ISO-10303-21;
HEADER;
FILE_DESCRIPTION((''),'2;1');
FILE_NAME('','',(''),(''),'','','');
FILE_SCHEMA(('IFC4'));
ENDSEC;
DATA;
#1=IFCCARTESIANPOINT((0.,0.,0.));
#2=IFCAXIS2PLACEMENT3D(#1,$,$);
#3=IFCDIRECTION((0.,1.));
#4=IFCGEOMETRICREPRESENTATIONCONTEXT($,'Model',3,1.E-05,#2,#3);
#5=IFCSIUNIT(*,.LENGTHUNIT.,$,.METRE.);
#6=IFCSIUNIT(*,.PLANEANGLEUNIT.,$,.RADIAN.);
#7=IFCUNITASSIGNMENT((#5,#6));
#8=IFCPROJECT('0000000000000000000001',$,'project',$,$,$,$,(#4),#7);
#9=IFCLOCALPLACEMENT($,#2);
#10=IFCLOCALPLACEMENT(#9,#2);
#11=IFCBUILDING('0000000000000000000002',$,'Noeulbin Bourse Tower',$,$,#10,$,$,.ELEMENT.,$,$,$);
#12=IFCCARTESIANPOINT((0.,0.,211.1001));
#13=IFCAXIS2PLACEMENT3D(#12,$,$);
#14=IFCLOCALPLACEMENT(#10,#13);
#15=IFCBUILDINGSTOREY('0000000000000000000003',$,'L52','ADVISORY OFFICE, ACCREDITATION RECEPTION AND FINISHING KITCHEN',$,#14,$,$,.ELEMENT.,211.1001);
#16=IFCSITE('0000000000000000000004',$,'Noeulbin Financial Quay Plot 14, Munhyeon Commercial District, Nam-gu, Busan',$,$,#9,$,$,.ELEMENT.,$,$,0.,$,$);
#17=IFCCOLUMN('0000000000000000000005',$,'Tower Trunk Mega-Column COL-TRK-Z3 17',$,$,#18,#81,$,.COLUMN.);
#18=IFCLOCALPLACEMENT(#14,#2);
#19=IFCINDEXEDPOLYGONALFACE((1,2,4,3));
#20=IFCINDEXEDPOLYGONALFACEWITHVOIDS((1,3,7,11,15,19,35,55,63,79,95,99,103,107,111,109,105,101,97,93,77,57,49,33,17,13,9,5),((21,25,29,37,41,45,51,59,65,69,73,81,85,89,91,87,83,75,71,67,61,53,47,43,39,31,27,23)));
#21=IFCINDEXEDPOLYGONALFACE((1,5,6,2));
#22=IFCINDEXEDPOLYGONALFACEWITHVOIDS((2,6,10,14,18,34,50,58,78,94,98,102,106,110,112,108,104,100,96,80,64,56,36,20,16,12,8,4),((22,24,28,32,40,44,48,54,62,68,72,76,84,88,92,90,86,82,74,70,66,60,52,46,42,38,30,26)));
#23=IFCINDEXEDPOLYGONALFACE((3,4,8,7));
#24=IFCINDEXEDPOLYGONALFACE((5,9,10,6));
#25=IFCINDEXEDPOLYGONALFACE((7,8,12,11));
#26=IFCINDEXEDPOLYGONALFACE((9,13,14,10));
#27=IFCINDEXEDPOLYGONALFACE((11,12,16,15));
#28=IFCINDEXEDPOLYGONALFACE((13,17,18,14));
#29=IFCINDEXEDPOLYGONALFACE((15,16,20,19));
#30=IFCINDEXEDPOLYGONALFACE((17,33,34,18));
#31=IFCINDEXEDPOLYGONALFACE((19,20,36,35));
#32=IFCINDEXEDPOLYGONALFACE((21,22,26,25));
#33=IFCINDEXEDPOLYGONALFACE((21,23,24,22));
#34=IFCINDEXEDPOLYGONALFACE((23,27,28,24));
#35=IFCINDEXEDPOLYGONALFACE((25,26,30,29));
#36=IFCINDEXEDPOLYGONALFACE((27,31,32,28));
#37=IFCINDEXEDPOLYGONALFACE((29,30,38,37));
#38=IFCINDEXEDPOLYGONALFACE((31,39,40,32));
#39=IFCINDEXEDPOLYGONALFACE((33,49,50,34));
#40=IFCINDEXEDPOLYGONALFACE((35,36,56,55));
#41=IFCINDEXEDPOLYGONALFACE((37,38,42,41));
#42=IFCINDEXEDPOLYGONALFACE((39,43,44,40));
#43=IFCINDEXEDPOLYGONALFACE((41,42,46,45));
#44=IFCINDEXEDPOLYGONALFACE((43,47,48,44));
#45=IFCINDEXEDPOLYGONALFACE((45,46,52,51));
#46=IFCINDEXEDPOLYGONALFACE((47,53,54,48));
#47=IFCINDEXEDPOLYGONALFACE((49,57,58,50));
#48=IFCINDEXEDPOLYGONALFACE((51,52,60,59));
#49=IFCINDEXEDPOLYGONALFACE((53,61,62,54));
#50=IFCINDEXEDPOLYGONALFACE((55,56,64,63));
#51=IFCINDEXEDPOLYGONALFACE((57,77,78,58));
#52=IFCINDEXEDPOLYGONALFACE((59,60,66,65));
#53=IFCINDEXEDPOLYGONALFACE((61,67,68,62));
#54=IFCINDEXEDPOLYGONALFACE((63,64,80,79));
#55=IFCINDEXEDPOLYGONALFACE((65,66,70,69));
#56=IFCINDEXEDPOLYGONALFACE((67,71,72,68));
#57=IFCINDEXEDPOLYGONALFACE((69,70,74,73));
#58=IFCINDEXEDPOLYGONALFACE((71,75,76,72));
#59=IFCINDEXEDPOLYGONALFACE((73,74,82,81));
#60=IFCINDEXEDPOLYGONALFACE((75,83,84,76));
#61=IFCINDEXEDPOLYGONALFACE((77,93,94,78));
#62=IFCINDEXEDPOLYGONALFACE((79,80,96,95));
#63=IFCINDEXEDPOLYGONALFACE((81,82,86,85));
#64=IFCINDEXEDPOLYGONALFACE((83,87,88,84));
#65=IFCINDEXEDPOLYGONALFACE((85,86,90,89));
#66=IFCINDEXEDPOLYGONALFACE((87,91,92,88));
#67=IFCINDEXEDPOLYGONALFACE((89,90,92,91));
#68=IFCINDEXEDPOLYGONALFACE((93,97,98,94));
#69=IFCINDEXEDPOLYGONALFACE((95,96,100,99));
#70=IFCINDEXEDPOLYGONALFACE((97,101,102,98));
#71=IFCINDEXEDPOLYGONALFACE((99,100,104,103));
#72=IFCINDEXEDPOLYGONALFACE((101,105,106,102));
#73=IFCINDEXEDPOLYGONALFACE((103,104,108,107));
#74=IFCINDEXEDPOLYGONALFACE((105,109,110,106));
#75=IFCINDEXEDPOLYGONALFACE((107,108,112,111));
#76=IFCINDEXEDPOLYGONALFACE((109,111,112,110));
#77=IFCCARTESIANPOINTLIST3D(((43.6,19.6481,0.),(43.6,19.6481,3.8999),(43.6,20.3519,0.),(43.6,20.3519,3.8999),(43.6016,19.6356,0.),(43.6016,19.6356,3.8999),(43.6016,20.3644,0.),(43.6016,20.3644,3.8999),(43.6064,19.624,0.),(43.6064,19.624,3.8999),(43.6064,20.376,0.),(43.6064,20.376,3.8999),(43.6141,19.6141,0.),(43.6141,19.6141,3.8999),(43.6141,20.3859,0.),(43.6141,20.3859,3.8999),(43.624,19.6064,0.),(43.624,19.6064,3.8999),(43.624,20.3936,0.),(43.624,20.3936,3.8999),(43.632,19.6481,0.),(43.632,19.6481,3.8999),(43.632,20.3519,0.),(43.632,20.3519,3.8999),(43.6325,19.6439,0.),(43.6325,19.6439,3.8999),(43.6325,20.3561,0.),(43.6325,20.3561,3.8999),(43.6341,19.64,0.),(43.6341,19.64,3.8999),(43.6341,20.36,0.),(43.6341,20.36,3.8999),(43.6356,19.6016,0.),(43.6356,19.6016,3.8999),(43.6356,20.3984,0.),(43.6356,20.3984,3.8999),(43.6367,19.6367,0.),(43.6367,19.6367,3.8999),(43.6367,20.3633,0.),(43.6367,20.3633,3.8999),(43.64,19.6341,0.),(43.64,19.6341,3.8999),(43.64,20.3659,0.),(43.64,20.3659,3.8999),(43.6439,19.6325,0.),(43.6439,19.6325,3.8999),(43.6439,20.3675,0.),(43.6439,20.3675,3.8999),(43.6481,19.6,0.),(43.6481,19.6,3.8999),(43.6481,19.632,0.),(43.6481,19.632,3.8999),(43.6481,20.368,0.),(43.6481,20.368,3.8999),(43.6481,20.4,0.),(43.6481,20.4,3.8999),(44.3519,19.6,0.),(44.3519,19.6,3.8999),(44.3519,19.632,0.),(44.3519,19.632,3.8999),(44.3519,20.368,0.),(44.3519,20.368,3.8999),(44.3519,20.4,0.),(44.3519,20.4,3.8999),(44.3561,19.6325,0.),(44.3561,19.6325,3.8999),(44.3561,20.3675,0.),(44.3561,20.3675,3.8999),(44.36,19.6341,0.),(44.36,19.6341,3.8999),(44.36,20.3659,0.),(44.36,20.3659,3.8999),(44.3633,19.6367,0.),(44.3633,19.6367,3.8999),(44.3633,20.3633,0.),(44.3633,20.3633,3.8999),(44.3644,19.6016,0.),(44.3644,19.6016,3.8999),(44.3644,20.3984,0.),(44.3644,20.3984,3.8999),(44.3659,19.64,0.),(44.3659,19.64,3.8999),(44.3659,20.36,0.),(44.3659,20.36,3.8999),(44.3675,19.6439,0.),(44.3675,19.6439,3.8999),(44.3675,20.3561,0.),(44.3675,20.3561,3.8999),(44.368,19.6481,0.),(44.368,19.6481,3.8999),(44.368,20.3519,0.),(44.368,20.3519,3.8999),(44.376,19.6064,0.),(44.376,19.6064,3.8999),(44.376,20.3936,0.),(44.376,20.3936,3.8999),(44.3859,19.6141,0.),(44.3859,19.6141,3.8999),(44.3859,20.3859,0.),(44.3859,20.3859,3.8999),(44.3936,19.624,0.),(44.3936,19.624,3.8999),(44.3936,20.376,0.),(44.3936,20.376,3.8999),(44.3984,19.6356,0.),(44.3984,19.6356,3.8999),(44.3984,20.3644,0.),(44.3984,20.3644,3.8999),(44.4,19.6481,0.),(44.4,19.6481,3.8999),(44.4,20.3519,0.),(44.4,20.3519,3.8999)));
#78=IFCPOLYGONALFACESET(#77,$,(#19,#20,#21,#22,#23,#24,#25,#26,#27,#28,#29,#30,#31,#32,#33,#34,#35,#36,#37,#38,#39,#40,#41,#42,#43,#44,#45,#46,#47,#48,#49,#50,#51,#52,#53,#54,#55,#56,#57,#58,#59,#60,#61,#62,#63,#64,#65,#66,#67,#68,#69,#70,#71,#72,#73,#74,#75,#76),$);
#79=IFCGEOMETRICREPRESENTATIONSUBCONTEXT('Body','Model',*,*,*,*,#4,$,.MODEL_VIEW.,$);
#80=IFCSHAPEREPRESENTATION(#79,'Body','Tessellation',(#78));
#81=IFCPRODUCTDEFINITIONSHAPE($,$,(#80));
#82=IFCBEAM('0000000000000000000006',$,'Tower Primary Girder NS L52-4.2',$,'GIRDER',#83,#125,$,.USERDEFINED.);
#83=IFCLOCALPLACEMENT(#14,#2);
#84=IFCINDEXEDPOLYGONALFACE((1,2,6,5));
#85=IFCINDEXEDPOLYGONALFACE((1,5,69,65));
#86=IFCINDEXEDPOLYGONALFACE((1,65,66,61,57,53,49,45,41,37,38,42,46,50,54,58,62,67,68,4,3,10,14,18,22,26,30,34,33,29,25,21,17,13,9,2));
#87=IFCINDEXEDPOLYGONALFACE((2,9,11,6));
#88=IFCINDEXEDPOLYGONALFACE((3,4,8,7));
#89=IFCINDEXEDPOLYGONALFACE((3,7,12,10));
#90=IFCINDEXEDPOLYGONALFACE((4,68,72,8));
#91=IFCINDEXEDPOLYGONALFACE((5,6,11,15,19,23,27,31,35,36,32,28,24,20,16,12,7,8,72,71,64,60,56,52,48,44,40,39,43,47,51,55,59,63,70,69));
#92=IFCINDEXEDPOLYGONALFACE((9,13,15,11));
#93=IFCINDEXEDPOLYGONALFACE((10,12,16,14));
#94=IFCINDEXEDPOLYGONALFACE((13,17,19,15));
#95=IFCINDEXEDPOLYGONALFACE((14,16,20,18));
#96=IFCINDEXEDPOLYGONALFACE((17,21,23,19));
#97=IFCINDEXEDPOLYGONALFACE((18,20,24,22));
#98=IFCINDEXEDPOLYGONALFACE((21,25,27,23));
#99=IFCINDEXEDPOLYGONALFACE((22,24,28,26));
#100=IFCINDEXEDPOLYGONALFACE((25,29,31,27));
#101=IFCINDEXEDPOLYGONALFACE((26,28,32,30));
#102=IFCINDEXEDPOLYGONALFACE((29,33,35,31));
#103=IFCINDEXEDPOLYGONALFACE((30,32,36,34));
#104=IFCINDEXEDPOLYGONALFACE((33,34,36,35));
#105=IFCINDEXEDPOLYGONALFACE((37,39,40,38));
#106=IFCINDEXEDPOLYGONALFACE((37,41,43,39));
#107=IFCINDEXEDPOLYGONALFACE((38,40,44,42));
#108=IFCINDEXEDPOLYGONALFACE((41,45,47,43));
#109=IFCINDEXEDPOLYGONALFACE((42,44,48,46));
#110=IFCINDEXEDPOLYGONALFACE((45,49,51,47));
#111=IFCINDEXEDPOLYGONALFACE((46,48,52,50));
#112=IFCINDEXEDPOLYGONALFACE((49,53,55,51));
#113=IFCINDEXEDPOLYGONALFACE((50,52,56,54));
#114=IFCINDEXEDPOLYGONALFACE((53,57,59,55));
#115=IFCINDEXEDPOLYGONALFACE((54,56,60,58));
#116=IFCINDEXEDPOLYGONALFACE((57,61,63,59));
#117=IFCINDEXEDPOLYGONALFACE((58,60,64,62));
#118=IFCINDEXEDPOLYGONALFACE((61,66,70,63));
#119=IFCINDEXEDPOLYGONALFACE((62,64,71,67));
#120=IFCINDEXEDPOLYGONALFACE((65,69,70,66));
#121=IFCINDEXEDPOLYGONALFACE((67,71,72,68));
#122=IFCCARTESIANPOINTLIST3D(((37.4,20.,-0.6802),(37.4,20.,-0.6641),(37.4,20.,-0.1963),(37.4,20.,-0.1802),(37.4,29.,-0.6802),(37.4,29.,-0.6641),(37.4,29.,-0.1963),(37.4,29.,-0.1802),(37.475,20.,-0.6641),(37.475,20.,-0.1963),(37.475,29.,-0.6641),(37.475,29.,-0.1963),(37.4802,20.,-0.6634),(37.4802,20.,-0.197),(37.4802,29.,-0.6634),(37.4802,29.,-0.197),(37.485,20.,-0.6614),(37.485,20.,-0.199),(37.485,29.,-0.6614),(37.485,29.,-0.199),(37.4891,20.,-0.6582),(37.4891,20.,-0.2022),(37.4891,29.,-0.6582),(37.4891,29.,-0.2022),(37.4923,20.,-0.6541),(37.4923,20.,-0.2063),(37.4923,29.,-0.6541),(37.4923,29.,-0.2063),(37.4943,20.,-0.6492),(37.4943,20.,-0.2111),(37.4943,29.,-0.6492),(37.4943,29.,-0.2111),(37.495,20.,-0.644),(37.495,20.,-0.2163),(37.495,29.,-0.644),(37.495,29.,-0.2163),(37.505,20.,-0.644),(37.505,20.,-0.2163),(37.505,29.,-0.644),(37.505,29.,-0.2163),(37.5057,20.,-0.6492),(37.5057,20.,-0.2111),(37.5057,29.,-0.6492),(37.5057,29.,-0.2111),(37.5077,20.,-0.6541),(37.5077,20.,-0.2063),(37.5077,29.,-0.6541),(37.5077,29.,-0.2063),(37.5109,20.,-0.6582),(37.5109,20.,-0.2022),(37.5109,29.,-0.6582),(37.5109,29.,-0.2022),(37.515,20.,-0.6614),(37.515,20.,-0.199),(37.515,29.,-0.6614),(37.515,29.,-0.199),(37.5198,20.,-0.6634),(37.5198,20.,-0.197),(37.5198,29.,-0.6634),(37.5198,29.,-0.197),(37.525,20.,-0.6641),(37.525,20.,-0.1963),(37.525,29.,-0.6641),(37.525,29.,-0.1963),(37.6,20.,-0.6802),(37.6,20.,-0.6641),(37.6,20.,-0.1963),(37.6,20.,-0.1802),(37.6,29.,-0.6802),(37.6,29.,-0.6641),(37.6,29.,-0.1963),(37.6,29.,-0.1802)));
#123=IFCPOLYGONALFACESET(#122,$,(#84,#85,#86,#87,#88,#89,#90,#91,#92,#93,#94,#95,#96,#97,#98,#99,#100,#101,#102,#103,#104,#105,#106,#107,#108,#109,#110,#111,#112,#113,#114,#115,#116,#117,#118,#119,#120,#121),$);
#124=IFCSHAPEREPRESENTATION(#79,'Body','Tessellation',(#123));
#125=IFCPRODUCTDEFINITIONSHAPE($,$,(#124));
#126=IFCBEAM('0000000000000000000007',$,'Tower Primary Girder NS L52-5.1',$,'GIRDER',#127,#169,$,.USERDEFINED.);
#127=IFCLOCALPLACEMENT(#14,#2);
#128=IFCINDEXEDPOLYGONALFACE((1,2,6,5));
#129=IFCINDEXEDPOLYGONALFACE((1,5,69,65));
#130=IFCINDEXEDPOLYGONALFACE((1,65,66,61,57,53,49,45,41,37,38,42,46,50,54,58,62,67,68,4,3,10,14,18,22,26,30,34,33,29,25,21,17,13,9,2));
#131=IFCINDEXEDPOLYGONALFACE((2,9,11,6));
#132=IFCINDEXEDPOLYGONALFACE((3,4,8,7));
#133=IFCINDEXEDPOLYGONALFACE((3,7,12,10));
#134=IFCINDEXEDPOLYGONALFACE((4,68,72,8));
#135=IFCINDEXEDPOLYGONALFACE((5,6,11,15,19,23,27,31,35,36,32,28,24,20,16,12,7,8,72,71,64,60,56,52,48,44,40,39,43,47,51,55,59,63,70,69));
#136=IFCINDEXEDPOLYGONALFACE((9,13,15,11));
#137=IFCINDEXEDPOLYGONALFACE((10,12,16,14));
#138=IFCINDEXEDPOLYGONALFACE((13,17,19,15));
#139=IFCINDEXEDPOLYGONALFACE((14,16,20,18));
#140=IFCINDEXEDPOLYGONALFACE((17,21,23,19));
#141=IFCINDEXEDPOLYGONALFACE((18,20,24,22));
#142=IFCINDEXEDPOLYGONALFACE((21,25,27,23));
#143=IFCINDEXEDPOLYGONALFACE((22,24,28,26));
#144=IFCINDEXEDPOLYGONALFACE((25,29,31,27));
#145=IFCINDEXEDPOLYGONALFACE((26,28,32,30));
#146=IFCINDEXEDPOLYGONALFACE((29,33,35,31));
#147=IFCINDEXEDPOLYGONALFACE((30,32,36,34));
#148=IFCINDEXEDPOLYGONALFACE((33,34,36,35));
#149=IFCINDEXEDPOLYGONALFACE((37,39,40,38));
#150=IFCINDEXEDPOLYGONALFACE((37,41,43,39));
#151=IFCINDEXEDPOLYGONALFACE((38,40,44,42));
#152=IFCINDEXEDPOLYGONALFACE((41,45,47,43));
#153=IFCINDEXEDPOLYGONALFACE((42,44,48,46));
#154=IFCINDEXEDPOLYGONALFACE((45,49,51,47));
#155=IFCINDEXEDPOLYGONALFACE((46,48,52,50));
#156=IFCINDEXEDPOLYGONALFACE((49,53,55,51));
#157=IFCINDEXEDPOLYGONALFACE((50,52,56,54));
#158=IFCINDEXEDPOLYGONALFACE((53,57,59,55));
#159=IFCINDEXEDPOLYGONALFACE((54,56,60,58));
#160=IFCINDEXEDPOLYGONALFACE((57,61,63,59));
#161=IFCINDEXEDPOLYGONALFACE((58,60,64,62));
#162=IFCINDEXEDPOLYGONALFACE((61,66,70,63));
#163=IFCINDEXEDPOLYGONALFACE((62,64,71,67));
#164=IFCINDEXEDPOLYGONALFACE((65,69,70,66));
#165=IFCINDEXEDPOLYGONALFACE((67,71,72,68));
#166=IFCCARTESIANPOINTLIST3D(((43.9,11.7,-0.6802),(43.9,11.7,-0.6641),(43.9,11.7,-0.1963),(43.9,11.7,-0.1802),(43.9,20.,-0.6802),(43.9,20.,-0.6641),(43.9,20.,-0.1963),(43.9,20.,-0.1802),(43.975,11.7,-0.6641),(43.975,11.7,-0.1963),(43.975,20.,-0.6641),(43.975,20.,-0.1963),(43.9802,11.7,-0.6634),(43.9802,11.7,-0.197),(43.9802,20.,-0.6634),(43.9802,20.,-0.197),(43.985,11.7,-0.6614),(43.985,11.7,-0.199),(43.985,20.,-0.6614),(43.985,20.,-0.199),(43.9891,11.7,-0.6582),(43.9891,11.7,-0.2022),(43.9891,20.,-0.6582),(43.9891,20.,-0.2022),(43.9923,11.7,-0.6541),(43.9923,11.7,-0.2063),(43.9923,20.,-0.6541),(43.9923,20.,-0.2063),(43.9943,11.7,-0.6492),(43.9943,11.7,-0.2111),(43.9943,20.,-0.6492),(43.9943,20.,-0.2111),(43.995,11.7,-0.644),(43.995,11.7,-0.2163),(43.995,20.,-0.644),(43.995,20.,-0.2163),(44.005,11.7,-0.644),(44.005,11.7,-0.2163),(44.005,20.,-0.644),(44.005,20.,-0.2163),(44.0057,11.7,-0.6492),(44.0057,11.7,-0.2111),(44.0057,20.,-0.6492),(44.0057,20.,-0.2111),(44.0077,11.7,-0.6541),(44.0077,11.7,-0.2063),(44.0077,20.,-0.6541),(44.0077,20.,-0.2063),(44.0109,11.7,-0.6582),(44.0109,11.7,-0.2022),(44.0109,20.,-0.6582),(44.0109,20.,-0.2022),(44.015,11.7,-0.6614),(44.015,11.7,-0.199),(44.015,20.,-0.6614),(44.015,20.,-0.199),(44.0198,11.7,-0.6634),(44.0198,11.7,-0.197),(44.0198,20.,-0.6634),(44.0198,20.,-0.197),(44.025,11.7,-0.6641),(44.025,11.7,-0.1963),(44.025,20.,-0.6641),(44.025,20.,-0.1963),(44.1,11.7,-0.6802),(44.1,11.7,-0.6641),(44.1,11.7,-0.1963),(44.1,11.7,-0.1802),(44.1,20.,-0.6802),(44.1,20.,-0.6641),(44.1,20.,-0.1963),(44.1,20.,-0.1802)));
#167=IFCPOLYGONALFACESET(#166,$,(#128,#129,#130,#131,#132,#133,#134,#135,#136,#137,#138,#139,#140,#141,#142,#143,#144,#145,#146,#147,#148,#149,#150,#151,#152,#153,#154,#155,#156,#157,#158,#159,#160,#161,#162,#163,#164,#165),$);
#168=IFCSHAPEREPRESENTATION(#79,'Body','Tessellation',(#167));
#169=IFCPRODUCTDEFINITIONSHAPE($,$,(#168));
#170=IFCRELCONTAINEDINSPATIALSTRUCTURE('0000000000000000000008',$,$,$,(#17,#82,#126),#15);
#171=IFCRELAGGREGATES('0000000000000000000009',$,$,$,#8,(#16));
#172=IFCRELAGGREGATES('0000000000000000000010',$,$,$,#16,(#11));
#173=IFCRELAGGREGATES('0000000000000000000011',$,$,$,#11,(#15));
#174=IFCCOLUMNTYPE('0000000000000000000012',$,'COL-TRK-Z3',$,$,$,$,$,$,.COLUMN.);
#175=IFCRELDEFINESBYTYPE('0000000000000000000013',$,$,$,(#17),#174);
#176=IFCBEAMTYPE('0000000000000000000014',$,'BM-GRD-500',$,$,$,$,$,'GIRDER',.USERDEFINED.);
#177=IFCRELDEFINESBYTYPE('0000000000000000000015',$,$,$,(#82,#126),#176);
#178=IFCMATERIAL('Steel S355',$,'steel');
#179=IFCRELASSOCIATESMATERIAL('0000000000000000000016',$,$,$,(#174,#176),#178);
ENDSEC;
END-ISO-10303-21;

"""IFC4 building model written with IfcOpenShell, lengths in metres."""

from ifc_helpers import new_model, si_unit, direction, frame, origin, origin_2d, place, context, subcontext, project, spatial, hollow_rectangle, i_section, extrude, material, material_profile, profile_set, type_object, element, save


model = new_model("IFC4")

# Units and contexts
model_context = context("Model", 3, precision=1e-05, world=origin(), true_north=direction((0.0, 1.0)))
body_context = subcontext(model_context, "Body", "Model", "MODEL_VIEW")
ifc_project = project(units=[si_unit("LENGTHUNIT", "METRE"), si_unit("PLANEANGLEUNIT", "RADIAN")], contexts=[model_context])

# Site, building, storey
site_placement = place(None, origin())
site = spatial("IfcSite", under=ifc_project, at=site_placement, Name="Noeulbin Financial Quay Plot 14, Munhyeon Commercial District, Nam-gu, Busan", CompositionType="ELEMENT", RefElevation=0.0)
building_placement = place(site_placement, origin())
building = spatial("IfcBuilding", under=site, at=building_placement, Name="Noeulbin Bourse Tower", CompositionType="ELEMENT")
storey_placement = place(building_placement, frame((0.0, 0.0, 211.1001)))
storey = spatial("IfcBuildingStorey", under=building, at=storey_placement, Name="L52", Description="ADVISORY OFFICE, ACCREDITATION RECEPTION AND FINISHING KITCHEN", CompositionType="ELEMENT", Elevation=211.1001)

# Column
ifc_material_1 = material(Name="Steel S355", Category="steel")
ifc_material_profile_1 = material_profile(ifc_material_1, hollow_rectangle(XDim=0.8, YDim=0.8, WallThickness=0.032, InnerFilletRadius=0.0161, OuterFilletRadius=0.0481, at=origin_2d()), Name="BOX-800x800x32", Category="LoadBearing")
ifc_profile_set_1 = profile_set([ifc_material_profile_1], Name="Steel S355")
column_type_1 = type_object("IfcColumnType", Name="COL-TRK-Z3", PredefinedType="COLUMN", material=ifc_profile_set_1)
column_placement = place(storey_placement, frame((44.0, 20.0, 0.0), z_axis=(0.0, 0.0, 1.0), x_axis=(1.0, 0.0, 0.0)))
element("IfcColumn", 1, at=column_placement, inside=storey, type_object=column_type_1, Name="Tower Trunk Mega-Column COL-TRK-Z3 17", PredefinedType="COLUMN", context=body_context, shape_type="SweptSolid", body=[
    extrude(hollow_rectangle(XDim=0.8, YDim=0.8, WallThickness=0.032, InnerFilletRadius=0.0161, OuterFilletRadius=0.0481, at=origin_2d()), origin(), (0.0, 0.0, 1.0), 3.8999),
])

# Beams
ifc_material_profile_2 = material_profile(ifc_material_1, i_section(OverallWidth=0.2, OverallDepth=0.5, WebThickness=0.01, FlangeThickness=0.0161, FilletRadius=0.02, at=origin_2d()), Name="H-500x200x10x16", Category="LoadBearing")
ifc_profile_set_2 = profile_set([ifc_material_profile_2], Name="Steel S355")
beam_type_1 = type_object("IfcBeamType", Name="BM-GRD-500", ElementType="GIRDER", PredefinedType="USERDEFINED", material=ifc_profile_set_2)
beam_1_placement = place(storey_placement, frame((37.5, 20.0, -0.4302), z_axis=(0.0, 1.0, 0.0), x_axis=(-1.0, 0.0, 0.0)))
element("IfcBeam", 2, at=beam_1_placement, inside=storey, type_object=beam_type_1, Name="Tower Primary Girder NS L52-4.2", ObjectType="GIRDER", PredefinedType="USERDEFINED", context=body_context, shape_type="SweptSolid", body=[
    extrude(i_section(OverallWidth=0.2, OverallDepth=0.5, WebThickness=0.01, FlangeThickness=0.0161, FilletRadius=0.02, at=origin_2d()), origin(), (0.0, 0.0, 1.0), 9.0),
])
beam_2_placement = place(storey_placement, frame((44.0, 11.7, -0.4302), z_axis=(0.0, 1.0, 0.0), x_axis=(-1.0, 0.0, 0.0)))
element("IfcBeam", 3, at=beam_2_placement, inside=storey, type_object=beam_type_1, Name="Tower Primary Girder NS L52-5.1", ObjectType="GIRDER", PredefinedType="USERDEFINED", context=body_context, shape_type="SweptSolid", body=[
    extrude(i_section(OverallWidth=0.2, OverallDepth=0.5, WebThickness=0.01, FlangeThickness=0.0161, FilletRadius=0.02, at=origin_2d()), origin(), (0.0, 0.0, 1.0), 8.3),
])

save(model, "model.ifc")
